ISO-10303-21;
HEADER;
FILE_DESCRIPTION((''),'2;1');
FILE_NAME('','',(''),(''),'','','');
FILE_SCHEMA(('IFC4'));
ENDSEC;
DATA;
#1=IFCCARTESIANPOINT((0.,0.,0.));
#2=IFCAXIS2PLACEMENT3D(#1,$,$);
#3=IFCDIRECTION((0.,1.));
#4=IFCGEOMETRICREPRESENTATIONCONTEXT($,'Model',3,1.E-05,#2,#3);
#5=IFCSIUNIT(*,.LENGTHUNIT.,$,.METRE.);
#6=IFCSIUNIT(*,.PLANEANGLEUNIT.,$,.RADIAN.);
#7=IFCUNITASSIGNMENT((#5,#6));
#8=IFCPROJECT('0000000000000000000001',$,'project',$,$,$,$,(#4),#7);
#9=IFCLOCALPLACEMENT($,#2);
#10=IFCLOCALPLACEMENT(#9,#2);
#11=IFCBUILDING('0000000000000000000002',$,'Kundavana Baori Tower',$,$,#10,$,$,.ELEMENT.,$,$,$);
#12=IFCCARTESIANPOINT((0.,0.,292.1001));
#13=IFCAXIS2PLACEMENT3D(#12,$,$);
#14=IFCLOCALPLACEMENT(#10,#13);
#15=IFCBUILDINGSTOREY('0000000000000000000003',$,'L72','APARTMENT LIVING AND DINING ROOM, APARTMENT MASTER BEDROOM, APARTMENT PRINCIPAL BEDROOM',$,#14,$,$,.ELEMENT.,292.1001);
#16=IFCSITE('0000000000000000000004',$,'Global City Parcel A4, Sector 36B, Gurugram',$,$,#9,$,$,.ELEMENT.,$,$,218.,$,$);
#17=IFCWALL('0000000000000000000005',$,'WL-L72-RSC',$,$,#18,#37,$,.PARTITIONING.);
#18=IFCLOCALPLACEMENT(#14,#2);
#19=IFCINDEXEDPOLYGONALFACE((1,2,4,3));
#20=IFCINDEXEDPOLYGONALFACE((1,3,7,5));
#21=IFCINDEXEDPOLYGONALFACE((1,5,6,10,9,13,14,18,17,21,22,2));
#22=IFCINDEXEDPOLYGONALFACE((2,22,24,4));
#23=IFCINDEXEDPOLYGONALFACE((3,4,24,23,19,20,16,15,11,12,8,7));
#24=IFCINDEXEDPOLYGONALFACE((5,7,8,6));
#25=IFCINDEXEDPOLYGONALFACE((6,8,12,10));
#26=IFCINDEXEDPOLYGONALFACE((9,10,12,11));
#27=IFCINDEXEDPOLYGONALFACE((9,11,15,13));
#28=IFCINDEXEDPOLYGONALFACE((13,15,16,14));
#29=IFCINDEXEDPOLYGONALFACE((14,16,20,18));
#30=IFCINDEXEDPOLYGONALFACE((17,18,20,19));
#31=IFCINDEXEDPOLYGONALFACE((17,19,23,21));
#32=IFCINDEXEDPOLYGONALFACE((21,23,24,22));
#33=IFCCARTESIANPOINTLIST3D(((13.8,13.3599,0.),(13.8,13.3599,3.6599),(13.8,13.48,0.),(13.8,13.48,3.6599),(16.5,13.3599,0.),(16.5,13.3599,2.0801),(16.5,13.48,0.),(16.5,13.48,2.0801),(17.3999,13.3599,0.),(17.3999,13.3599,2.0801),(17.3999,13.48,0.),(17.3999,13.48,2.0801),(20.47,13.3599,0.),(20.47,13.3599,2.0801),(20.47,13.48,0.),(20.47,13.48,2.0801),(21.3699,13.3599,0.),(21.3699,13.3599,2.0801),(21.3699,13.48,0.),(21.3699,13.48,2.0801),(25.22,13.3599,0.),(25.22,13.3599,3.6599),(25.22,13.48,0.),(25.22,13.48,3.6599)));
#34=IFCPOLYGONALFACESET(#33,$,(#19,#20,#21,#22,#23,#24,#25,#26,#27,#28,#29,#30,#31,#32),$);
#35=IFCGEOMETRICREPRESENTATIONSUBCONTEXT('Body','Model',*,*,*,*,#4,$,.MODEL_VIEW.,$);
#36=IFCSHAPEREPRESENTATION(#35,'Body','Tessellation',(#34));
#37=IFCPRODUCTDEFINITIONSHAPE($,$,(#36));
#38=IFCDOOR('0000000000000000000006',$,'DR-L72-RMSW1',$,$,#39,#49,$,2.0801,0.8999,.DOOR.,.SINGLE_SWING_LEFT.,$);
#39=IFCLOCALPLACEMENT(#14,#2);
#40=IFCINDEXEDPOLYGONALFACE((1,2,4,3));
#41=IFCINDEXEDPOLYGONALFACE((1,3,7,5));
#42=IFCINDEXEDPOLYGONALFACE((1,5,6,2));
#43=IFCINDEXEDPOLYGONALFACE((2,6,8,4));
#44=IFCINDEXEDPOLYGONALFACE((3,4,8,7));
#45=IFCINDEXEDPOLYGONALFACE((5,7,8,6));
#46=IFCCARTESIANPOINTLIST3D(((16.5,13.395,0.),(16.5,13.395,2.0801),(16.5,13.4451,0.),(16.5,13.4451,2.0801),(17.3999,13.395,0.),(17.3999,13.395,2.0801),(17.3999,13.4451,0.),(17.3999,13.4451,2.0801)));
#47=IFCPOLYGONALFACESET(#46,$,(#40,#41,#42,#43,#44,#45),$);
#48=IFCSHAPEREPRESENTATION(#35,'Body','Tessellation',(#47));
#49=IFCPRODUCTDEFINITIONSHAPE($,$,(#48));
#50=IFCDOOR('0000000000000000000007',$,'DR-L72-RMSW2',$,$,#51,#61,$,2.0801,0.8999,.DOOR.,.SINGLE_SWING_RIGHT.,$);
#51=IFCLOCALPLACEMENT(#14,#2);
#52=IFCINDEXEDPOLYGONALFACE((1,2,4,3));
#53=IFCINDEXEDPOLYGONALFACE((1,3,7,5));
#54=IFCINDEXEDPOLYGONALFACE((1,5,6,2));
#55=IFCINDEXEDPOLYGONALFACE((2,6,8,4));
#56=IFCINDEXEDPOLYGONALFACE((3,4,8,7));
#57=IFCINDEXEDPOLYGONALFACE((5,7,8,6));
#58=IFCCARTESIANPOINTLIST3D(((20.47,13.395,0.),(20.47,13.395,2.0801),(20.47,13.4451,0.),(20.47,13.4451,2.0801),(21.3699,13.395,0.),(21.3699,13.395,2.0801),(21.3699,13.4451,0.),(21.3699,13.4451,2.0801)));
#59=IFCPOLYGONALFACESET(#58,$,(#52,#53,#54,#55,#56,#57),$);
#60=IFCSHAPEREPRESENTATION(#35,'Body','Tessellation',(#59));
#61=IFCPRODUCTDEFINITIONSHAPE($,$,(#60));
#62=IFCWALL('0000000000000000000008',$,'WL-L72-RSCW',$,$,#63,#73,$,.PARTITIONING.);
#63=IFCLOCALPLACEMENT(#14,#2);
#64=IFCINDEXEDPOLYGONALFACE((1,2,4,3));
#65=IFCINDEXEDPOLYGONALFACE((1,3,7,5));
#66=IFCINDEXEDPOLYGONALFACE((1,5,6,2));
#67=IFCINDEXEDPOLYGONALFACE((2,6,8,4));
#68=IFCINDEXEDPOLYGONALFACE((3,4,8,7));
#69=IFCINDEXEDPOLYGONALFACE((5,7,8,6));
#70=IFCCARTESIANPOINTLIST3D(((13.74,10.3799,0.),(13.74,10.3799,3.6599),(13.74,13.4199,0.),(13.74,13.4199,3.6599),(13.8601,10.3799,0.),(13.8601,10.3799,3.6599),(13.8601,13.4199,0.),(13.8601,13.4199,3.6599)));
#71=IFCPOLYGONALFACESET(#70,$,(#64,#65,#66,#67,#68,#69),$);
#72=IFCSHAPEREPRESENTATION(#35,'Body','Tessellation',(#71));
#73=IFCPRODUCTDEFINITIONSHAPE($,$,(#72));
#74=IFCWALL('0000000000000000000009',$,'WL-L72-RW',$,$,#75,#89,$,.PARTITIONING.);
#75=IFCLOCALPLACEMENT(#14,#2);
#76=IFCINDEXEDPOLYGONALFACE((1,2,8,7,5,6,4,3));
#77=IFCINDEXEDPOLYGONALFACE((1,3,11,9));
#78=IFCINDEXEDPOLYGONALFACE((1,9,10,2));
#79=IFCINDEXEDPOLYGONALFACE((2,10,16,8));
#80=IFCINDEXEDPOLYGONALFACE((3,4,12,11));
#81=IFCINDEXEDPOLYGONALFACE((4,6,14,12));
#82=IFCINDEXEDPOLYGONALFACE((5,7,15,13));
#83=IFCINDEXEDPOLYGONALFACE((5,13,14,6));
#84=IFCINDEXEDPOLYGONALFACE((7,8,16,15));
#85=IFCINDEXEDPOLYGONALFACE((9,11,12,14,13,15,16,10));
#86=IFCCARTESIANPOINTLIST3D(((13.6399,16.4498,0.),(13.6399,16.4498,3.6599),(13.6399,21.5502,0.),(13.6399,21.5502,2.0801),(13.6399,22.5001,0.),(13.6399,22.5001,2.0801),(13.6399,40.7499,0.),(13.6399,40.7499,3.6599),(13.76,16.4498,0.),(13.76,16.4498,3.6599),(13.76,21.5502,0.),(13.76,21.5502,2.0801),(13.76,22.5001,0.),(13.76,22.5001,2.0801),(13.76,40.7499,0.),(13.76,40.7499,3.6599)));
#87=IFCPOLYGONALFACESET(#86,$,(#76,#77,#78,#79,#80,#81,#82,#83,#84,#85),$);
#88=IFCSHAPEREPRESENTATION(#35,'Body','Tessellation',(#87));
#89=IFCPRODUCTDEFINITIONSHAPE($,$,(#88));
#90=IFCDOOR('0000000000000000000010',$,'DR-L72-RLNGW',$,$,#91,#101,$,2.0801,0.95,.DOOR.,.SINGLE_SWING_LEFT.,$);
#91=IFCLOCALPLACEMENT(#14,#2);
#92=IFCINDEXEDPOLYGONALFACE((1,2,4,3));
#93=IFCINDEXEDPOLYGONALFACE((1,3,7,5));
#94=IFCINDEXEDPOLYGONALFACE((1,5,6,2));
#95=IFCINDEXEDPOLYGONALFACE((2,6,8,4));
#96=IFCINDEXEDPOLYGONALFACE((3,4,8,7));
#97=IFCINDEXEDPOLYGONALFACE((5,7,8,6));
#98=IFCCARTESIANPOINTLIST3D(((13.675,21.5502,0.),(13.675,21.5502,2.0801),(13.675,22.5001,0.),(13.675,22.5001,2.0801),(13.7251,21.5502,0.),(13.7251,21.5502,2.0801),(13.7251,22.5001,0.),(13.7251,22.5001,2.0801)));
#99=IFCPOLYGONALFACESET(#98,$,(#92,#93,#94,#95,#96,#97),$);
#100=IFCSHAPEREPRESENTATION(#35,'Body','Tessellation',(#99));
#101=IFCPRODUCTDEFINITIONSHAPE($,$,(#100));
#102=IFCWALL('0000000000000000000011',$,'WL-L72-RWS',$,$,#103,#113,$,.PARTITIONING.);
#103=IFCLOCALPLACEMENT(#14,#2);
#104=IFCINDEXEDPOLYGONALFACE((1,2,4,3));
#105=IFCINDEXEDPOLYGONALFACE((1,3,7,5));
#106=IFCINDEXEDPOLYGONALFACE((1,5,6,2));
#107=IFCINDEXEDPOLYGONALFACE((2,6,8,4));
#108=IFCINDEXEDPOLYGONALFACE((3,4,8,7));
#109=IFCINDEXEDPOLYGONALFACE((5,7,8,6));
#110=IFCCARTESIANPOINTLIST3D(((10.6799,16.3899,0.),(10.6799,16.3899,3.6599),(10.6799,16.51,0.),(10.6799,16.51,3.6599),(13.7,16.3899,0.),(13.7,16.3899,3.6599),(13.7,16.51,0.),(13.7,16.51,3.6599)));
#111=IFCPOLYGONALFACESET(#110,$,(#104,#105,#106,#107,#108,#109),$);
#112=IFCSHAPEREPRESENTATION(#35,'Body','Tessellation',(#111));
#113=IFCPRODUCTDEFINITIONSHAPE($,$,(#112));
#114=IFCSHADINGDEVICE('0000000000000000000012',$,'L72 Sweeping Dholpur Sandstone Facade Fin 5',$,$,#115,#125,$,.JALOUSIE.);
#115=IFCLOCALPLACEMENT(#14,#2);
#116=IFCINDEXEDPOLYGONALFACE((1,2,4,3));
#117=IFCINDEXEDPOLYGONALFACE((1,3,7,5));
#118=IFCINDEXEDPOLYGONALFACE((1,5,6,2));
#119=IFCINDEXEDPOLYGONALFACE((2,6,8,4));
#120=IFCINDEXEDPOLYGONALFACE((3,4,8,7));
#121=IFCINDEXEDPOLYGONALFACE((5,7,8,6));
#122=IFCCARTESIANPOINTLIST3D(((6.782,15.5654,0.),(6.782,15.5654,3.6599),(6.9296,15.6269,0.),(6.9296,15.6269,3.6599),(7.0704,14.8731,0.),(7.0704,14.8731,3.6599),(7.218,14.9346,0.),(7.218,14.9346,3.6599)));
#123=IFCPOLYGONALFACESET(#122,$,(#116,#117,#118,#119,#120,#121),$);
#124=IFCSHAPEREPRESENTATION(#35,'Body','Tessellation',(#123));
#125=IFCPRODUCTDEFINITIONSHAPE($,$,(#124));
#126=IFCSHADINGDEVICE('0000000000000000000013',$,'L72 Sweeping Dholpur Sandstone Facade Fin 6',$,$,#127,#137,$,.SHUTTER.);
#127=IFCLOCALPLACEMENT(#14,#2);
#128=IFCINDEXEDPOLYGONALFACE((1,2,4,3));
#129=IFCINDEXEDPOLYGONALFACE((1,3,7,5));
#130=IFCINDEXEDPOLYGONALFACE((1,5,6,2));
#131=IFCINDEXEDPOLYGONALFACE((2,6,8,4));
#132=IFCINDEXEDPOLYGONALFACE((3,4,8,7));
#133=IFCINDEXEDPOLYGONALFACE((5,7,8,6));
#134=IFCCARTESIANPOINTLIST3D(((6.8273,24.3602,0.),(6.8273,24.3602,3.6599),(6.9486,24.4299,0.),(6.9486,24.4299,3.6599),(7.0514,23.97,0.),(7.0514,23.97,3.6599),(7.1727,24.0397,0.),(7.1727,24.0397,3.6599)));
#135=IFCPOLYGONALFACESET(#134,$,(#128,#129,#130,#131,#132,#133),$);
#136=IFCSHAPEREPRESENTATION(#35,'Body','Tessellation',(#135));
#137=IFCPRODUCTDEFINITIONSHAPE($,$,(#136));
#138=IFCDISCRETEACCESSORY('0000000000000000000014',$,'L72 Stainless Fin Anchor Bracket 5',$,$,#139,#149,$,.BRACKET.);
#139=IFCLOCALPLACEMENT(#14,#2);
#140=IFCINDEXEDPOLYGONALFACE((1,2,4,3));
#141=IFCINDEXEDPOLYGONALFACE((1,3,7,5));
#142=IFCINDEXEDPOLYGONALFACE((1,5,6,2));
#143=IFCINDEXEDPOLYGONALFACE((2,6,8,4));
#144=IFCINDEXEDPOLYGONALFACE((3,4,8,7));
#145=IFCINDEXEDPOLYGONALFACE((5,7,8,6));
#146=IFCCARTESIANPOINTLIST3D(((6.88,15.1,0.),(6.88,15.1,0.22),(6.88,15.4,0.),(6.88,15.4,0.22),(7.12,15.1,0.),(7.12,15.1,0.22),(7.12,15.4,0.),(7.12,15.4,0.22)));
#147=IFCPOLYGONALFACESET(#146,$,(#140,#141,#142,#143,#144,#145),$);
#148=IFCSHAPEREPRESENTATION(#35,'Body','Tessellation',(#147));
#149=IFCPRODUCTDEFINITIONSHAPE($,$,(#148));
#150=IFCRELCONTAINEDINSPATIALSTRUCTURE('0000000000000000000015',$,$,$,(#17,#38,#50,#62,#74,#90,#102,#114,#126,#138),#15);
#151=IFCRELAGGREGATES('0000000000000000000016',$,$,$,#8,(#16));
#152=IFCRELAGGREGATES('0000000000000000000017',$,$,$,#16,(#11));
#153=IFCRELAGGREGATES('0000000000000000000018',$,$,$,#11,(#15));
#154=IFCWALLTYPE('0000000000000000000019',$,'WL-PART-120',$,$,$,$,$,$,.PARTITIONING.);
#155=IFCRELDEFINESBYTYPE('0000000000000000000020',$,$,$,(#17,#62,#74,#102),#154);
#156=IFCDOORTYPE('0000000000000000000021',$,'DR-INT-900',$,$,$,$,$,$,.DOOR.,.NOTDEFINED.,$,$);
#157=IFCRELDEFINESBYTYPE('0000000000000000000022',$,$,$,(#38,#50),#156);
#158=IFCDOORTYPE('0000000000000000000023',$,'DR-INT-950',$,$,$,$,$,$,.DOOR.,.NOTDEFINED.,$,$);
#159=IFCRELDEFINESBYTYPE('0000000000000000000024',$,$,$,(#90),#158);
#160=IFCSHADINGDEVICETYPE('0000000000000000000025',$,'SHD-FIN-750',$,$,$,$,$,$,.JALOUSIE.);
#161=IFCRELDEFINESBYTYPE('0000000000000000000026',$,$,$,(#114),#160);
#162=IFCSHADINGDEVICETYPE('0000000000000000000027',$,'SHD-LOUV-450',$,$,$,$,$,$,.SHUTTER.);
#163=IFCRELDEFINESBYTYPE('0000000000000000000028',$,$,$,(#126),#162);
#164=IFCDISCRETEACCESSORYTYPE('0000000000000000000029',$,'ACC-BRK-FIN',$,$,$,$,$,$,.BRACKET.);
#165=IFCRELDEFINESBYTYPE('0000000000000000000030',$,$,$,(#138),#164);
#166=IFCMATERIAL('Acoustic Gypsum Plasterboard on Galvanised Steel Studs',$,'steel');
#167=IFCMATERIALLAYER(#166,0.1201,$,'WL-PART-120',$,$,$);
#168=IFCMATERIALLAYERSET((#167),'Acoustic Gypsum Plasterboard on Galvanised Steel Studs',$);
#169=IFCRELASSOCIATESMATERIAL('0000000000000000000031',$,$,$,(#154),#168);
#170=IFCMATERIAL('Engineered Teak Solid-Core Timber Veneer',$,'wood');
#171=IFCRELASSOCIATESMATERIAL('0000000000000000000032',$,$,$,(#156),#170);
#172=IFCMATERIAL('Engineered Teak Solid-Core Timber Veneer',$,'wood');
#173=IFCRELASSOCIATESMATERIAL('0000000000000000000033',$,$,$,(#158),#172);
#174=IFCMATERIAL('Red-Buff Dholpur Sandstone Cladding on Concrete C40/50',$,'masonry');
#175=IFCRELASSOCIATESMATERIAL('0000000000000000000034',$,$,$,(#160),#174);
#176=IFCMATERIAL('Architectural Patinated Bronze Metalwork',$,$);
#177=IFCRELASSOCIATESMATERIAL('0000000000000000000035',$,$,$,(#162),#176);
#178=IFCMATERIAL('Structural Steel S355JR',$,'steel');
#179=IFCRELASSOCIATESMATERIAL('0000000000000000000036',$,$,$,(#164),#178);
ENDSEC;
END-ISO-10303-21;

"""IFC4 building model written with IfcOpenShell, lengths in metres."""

from ifc_helpers import new_model, si_unit, direction, frame, frame_2d, origin, origin_2d, place, context, subcontext, project, spatial, rectangle, extrude, material, layer, layer_set, type_object, element, fill, save


model = new_model("IFC4")

# Units and contexts
model_context = context("Model", 3, precision=1e-05, world=origin(), true_north=direction((0.0, 1.0)))
body_context = subcontext(model_context, "Body", "Model", "MODEL_VIEW")
ifc_project = project(units=[si_unit("LENGTHUNIT", "METRE"), si_unit("PLANEANGLEUNIT", "RADIAN")], contexts=[model_context])

# Site, building, storey
site_placement = place(None, origin())
site = spatial("IfcSite", under=ifc_project, at=site_placement, Name="Global City Parcel A4, Sector 36B, Gurugram", CompositionType="ELEMENT", RefElevation=218.0)
building_placement = place(site_placement, origin())
building = spatial("IfcBuilding", under=site, at=building_placement, Name="Kundavana Baori Tower", CompositionType="ELEMENT")
storey_placement = place(building_placement, frame((0.0, 0.0, 292.1001)))
storey = spatial("IfcBuildingStorey", under=building, at=storey_placement, Name="L72", Description="APARTMENT LIVING AND DINING ROOM, APARTMENT MASTER BEDROOM, APARTMENT PRINCIPAL BEDROOM", CompositionType="ELEMENT", Elevation=292.1001)

# Wall, openings, doors
ifc_material_1 = material(Name="Acoustic Gypsum Plasterboard on Galvanised Steel Studs", Category="steel")
ifc_layer_1 = layer(ifc_material_1, 0.1201, Name="WL-PART-120")
ifc_layer_set_1 = layer_set([ifc_layer_1], Name="Acoustic Gypsum Plasterboard on Galvanised Steel Studs")
wall_type_1 = type_object("IfcWallType", Name="WL-PART-120", PredefinedType="PARTITIONING", material=ifc_layer_set_1)
wall_1_placement = place(storey_placement, frame((13.8, 13.4199, 0.0), z_axis=(0.0, 0.0, 1.0), x_axis=(1.0, 0.0, 0.0)))
wall_1 = element("IfcWall", 1, at=wall_1_placement, inside=storey, type_object=wall_type_1, Name="WL-L72-RSC", PredefinedType="PARTITIONING", context=body_context, shape_type="SweptSolid", body=[
    extrude(rectangle(XDim=11.4199, YDim=0.1201, at=frame_2d((5.71, 0.0))), origin(), (0.0, 0.0, 1.0), 3.6599),
])
opening_1_placement = place(wall_1_placement, frame((2.7, 0.0, 0.0)))
opening_1 = element("IfcOpeningElement", 2, at=opening_1_placement, cuts=wall_1, PredefinedType="OPENING", context=body_context, shape_type="SweptSolid", body=[
    extrude(rectangle(XDim=0.8999, YDim=2.0801, at=frame_2d((0.45, 1.04))), frame((0.0, 0.0701, 0.0), z_axis=(0.0, -1.0, 0.0), x_axis=(1.0, 0.0, 0.0)), (0.0, 0.0, 1.0), 0.1401),
])
opening_2_placement = place(wall_1_placement, frame((6.6699, 0.0, 0.0)))
opening_2 = element("IfcOpeningElement", 3, at=opening_2_placement, cuts=wall_1, PredefinedType="OPENING", context=body_context, shape_type="SweptSolid", body=[
    extrude(rectangle(XDim=0.8999, YDim=2.0801, at=frame_2d((0.45, 1.04))), frame((0.0, 0.0701, 0.0), z_axis=(0.0, -1.0, 0.0), x_axis=(1.0, 0.0, 0.0)), (0.0, 0.0, 1.0), 0.1401),
])
ifc_material_2 = material(Name="Engineered Teak Solid-Core Timber Veneer", Category="wood")
door_type_1 = type_object("IfcDoorType", Name="DR-INT-900", OperationType="NOTDEFINED", PredefinedType="DOOR", material=ifc_material_2)
door_1_placement = place(opening_1_placement, frame((0.8999, 0.0, 0.0), z_axis=(0.0, 0.0, 1.0), x_axis=(-1.0, 0.0, 0.0)))
door_1 = element("IfcDoor", 4, at=door_1_placement, inside=storey, type_object=door_type_1, Name="DR-L72-RMSW1", OperationType="SINGLE_SWING_LEFT", OverallHeight=2.0801, OverallWidth=0.8999, PredefinedType="DOOR", context=body_context, shape_type="SweptSolid", body=[
    extrude(rectangle(XDim=0.8999, YDim=2.0801, at=frame_2d((0.45, 1.04))), frame((0.0, 0.0249, 0.0), z_axis=(0.0, -1.0, 0.0), x_axis=(1.0, 0.0, 0.0)), (0.0, 0.0, 1.0), 0.05),
])
fill(opening_1, door_1)
door_2_placement = place(opening_2_placement, frame((0.8999, 0.0, 0.0), z_axis=(0.0, 0.0, 1.0), x_axis=(-1.0, 0.0, 0.0)))
door_2 = element("IfcDoor", 5, at=door_2_placement, inside=storey, type_object=door_type_1, Name="DR-L72-RMSW2", OperationType="SINGLE_SWING_RIGHT", OverallHeight=2.0801, OverallWidth=0.8999, PredefinedType="DOOR", context=body_context, shape_type="SweptSolid", body=[
    extrude(rectangle(XDim=0.8999, YDim=2.0801, at=frame_2d((0.45, 1.04))), frame((0.0, 0.0249, 0.0), z_axis=(0.0, -1.0, 0.0), x_axis=(1.0, 0.0, 0.0)), (0.0, 0.0, 1.0), 0.05),
])
fill(opening_2, door_2)

# Wall
wall_2_placement = place(storey_placement, frame((13.8, 10.3799, 0.0), z_axis=(0.0, 0.0, 1.0), x_axis=(0.0, 1.0, 0.0)))
element("IfcWall", 6, at=wall_2_placement, inside=storey, type_object=wall_type_1, Name="WL-L72-RSCW", PredefinedType="PARTITIONING", context=body_context, shape_type="SweptSolid", body=[
    extrude(rectangle(XDim=3.04, YDim=0.1201, at=frame_2d((1.52, 0.0))), origin(), (0.0, 0.0, 1.0), 3.6599),
])

# Wall, opening, door
wall_3_placement = place(storey_placement, frame((13.7, 16.45, 0.0), z_axis=(0.0, 0.0, 1.0), x_axis=(0.0, 1.0, 0.0)))
wall_3 = element("IfcWall", 7, at=wall_3_placement, inside=storey, type_object=wall_type_1, Name="WL-L72-RW", PredefinedType="PARTITIONING", context=body_context, shape_type="SweptSolid", body=[
    extrude(rectangle(XDim=24.3, YDim=0.1201, at=frame_2d((12.1499, 0.0))), origin(), (0.0, 0.0, 1.0), 3.6599),
])
opening_3_placement = place(wall_3_placement, frame((5.1001, 0.0, 0.0)))
opening_3 = element("IfcOpeningElement", 8, at=opening_3_placement, cuts=wall_3, PredefinedType="OPENING", context=body_context, shape_type="SweptSolid", body=[
    extrude(rectangle(XDim=0.95, YDim=2.0801, at=frame_2d((0.4751, 1.04))), frame((0.0, 0.0701, 0.0), z_axis=(0.0, -1.0, 0.0), x_axis=(1.0, 0.0, 0.0)), (0.0, 0.0, 1.0), 0.1401),
])
ifc_material_3 = material(Name="Engineered Teak Solid-Core Timber Veneer", Category="wood")
door_type_2 = type_object("IfcDoorType", Name="DR-INT-950", OperationType="NOTDEFINED", PredefinedType="DOOR", material=ifc_material_3)
door_3_placement = place(opening_3_placement, origin())
door_3 = element("IfcDoor", 9, at=door_3_placement, inside=storey, type_object=door_type_2, Name="DR-L72-RLNGW", OperationType="SINGLE_SWING_LEFT", OverallHeight=2.0801, OverallWidth=0.95, PredefinedType="DOOR", context=body_context, shape_type="SweptSolid", body=[
    extrude(rectangle(XDim=0.95, YDim=2.0801, at=frame_2d((0.4751, 1.04))), frame((0.0, 0.0249, 0.0), z_axis=(0.0, -1.0, 0.0), x_axis=(1.0, 0.0, 0.0)), (0.0, 0.0, 1.0), 0.05),
])
fill(opening_3, door_3)

# Wall
wall_4_placement = place(storey_placement, frame((10.6799, 16.45, 0.0), z_axis=(0.0, 0.0, 1.0), x_axis=(1.0, 0.0, 0.0)))
element("IfcWall", 10, at=wall_4_placement, inside=storey, type_object=wall_type_1, Name="WL-L72-RWS", PredefinedType="PARTITIONING", context=body_context, shape_type="SweptSolid", body=[
    extrude(rectangle(XDim=3.02, YDim=0.1201, at=frame_2d((1.51, 0.0))), origin(), (0.0, 0.0, 1.0), 3.6599),
])

# Shading devices
ifc_material_4 = material(Name="Red-Buff Dholpur Sandstone Cladding on Concrete C40/50", Category="masonry")
shading_device_type_1 = type_object("IfcShadingDeviceType", Name="SHD-FIN-750", PredefinedType="JALOUSIE", material=ifc_material_4)
shading_device_1_placement = place(storey_placement, frame((7.0, 15.25, 0.0), z_axis=(0.0, 0.0, 1.0), x_axis=(0.923076, 0.384618, 0.0)))
element("IfcShadingDevice", 11, at=shading_device_1_placement, inside=storey, type_object=shading_device_type_1, Name="L72 Sweeping Dholpur Sandstone Facade Fin 5", PredefinedType="JALOUSIE", context=body_context, shape_type="SweptSolid", body=[
    extrude(rectangle(XDim=0.1599, YDim=0.75, at=origin_2d()), origin(), (0.0, 0.0, 1.0), 3.6599),
])
ifc_material_5 = material(Name="Architectural Patinated Bronze Metalwork")
shading_device_type_2 = type_object("IfcShadingDeviceType", Name="SHD-LOUV-450", PredefinedType="SHUTTER", material=ifc_material_5)
shading_device_2_placement = place(storey_placement, frame((7.0, 24.2, 0.0), z_axis=(0.0, 0.0, 1.0), x_axis=(0.867245, 0.497882, 0.0)))
element("IfcShadingDevice", 12, at=shading_device_2_placement, inside=storey, type_object=shading_device_type_2, Name="L72 Sweeping Dholpur Sandstone Facade Fin 6", PredefinedType="SHUTTER", context=body_context, shape_type="SweptSolid", body=[
    extrude(rectangle(XDim=0.1399, YDim=0.45, at=origin_2d()), origin(), (0.0, 0.0, 1.0), 3.6599),
])

# Discrete accessory
ifc_material_6 = material(Name="Structural Steel S355JR", Category="steel")
discrete_accessory_type = type_object("IfcDiscreteAccessoryType", Name="ACC-BRK-FIN", PredefinedType="BRACKET", material=ifc_material_6)
discrete_accessory_placement = place(storey_placement, frame((7.0, 15.25, 0.0), z_axis=(0.0, 0.0, 1.0), x_axis=(1.0, 0.0, 0.0)))
element("IfcDiscreteAccessory", 13, at=discrete_accessory_placement, inside=storey, type_object=discrete_accessory_type, Name="L72 Stainless Fin Anchor Bracket 5", PredefinedType="BRACKET", context=body_context, shape_type="SweptSolid", body=[
    extrude(rectangle(XDim=0.24, YDim=0.3, at=origin_2d()), origin(), (0.0, 0.0, 1.0), 0.22),
])

save(model, "model.ifc")
